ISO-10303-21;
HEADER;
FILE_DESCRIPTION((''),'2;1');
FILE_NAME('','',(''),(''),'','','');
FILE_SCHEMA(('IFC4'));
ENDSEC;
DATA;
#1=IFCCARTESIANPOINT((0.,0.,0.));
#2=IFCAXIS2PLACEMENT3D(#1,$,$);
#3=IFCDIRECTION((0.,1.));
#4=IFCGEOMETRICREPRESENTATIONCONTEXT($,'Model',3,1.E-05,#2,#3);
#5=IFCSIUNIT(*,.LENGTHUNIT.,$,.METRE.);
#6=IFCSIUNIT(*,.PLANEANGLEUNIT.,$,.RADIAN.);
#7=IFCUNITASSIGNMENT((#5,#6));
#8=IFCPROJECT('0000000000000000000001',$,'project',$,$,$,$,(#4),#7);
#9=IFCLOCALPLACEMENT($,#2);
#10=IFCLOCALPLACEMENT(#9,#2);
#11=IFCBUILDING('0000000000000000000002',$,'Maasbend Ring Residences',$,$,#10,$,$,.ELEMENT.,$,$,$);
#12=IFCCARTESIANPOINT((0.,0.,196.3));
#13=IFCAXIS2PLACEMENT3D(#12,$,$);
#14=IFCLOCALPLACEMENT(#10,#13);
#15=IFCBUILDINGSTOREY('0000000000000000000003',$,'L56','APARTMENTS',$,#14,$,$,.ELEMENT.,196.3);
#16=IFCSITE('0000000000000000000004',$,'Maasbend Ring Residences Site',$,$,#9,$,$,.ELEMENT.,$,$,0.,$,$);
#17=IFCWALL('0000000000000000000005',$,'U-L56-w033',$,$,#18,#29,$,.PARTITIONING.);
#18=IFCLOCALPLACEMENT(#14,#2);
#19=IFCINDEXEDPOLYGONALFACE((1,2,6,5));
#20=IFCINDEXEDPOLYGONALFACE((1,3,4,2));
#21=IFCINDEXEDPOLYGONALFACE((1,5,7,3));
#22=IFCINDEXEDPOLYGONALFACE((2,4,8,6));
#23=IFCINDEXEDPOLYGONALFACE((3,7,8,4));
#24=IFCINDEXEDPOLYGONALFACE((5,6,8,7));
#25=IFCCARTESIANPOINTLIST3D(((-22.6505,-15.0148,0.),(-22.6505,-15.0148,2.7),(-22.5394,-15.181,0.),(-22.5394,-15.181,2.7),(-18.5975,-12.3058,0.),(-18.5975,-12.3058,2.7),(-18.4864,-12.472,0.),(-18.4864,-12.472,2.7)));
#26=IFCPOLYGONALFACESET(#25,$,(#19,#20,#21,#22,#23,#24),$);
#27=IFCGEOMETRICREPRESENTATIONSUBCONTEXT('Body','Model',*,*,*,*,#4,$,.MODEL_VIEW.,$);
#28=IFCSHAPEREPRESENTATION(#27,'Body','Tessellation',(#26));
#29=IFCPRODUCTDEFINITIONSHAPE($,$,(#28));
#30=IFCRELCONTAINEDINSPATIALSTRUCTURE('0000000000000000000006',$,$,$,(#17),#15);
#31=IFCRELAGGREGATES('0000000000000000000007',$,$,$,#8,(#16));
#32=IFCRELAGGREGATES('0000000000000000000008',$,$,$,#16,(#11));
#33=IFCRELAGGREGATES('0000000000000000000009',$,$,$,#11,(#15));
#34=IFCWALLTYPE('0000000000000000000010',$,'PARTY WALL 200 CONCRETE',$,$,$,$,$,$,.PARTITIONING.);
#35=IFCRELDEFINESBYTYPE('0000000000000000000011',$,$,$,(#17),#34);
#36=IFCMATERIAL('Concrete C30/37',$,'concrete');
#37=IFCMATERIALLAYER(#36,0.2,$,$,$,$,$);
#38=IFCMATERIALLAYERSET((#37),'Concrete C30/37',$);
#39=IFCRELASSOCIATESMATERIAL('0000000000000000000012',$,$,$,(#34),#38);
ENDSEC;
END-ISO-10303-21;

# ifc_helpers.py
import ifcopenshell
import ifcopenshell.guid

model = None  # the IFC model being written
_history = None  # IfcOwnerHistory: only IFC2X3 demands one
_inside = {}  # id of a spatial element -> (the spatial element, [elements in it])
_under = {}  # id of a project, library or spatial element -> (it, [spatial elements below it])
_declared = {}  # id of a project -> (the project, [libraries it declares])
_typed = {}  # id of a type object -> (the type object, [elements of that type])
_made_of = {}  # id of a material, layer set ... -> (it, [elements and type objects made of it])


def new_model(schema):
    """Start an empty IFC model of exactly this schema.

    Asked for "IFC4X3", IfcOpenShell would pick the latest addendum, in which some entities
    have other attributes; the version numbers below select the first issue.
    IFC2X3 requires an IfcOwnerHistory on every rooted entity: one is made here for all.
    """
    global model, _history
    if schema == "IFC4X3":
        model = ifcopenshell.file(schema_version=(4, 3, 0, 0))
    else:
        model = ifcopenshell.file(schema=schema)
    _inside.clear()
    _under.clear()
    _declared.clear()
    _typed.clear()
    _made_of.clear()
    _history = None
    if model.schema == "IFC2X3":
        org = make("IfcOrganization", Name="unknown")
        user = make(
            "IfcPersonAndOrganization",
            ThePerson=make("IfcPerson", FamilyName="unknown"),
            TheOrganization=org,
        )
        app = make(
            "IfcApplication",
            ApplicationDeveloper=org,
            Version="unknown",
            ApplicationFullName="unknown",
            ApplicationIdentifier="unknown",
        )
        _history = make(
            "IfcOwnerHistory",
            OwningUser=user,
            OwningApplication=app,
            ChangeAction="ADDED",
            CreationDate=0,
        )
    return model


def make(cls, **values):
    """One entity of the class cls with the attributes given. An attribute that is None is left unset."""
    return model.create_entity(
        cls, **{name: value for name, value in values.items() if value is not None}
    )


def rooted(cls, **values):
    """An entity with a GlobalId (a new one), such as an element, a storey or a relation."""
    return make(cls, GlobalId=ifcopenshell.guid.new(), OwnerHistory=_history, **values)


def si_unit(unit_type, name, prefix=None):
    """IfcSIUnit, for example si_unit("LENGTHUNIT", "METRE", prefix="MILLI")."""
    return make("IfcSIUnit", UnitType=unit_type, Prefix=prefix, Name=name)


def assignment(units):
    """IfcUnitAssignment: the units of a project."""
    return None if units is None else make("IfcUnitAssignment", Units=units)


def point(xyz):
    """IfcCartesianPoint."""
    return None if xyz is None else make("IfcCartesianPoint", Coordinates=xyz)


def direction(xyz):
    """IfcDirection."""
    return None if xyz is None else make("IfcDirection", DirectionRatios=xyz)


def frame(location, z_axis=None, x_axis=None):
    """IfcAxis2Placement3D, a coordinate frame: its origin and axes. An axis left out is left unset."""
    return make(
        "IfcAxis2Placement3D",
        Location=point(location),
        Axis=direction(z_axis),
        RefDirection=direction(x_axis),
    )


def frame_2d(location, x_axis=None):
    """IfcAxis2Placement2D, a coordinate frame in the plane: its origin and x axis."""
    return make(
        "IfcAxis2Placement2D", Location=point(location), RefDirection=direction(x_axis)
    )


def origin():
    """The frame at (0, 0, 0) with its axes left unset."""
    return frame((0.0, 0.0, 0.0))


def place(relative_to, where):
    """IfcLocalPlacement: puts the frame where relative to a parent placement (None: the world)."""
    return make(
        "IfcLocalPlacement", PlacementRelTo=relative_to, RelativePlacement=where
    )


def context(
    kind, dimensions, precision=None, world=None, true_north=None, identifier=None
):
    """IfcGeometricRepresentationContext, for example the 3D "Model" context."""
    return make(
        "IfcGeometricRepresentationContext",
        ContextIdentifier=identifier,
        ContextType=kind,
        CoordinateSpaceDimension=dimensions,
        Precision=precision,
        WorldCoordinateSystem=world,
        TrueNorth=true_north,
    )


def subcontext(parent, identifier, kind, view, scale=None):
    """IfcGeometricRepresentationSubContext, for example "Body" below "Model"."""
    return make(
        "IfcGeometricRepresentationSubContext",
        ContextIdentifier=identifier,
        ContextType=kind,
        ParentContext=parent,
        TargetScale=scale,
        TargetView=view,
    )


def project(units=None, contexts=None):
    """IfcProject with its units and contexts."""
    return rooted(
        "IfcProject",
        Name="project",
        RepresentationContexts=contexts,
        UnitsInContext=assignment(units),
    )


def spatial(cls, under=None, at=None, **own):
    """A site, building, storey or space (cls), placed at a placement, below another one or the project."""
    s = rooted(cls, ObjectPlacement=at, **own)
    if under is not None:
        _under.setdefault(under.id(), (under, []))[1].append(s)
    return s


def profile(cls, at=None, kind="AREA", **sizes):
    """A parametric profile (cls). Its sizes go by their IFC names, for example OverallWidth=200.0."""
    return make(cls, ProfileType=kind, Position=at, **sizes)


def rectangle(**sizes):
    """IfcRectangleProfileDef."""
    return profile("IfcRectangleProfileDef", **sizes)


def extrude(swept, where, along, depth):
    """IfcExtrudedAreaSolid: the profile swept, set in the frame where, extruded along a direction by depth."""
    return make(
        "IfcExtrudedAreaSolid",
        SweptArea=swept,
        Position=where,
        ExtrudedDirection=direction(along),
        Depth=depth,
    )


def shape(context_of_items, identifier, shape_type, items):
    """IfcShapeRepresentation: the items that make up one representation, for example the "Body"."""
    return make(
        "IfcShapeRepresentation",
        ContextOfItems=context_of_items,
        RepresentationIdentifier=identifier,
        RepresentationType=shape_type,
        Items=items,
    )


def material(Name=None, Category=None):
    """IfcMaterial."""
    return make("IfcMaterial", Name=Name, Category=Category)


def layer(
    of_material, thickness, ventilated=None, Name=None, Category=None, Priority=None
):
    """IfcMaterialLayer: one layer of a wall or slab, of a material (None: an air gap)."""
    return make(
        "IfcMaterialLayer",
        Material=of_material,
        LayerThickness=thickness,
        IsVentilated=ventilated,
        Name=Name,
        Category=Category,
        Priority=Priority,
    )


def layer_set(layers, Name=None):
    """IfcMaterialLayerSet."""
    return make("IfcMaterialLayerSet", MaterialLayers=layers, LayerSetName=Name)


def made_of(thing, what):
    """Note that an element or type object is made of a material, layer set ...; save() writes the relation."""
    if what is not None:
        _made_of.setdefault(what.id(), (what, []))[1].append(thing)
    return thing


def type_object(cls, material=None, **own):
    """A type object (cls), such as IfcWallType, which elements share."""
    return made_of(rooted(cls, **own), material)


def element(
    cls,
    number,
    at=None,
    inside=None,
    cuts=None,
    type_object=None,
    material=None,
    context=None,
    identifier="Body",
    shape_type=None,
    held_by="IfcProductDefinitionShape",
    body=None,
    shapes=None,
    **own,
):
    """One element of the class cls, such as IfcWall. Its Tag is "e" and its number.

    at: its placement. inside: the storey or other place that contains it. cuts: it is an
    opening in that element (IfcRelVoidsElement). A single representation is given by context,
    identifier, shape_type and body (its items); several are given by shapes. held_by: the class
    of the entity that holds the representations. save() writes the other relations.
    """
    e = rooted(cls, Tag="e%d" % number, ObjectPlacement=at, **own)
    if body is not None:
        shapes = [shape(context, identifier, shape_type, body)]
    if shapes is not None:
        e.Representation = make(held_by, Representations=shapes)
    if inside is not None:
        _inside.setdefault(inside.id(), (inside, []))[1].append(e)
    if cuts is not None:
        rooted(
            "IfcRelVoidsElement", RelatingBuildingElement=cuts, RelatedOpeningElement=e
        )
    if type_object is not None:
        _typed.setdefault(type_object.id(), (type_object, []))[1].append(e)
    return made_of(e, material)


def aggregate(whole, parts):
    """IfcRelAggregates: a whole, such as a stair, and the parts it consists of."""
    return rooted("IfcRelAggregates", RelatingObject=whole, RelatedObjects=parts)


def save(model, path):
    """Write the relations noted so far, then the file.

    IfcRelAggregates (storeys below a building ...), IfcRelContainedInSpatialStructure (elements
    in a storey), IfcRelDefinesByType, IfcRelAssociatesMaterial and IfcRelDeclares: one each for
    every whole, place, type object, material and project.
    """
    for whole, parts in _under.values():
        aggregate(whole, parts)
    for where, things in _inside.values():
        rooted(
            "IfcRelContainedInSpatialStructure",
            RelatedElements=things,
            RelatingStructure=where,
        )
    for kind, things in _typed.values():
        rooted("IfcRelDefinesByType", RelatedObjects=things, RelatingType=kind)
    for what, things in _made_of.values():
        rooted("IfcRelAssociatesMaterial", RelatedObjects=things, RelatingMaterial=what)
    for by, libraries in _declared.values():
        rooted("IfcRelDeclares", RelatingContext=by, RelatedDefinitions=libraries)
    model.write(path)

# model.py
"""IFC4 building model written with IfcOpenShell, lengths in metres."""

from ifc_helpers import new_model, si_unit, direction, frame, frame_2d, origin, place, context, subcontext, project, spatial, rectangle, extrude, material, layer, layer_set, type_object, element, save


model = new_model("IFC4")

# Units and contexts
model_context = context("Model", 3, precision=1e-05, world=origin(), true_north=direction((0.0, 1.0)))
body_context = subcontext(model_context, "Body", "Model", "MODEL_VIEW")
ifc_project = project(units=[si_unit("LENGTHUNIT", "METRE"), si_unit("PLANEANGLEUNIT", "RADIAN")], contexts=[model_context])

# Site, building, storey
site_placement = place(None, origin())
site = spatial("IfcSite", under=ifc_project, at=site_placement, Name="Maasbend Ring Residences Site", CompositionType="ELEMENT", RefElevation=0.0)
building_placement = place(site_placement, origin())
building = spatial("IfcBuilding", under=site, at=building_placement, Name="Maasbend Ring Residences", CompositionType="ELEMENT")
storey_placement = place(building_placement, frame((0.0, 0.0, 196.3)))
storey = spatial("IfcBuildingStorey", under=building, at=storey_placement, Name="L56", Description="APARTMENTS", CompositionType="ELEMENT", Elevation=196.3)

# Wall
ifc_material_1 = material(Name="Concrete C30/37", Category="concrete")
ifc_layer_1 = layer(ifc_material_1, 0.2)
ifc_layer_set_1 = layer_set([ifc_layer_1], Name="Concrete C30/37")
wall_type_1 = type_object("IfcWallType", Name="PARTY WALL 200 CONCRETE", PredefinedType="PARTITIONING", material=ifc_layer_set_1)
wall_1_placement = place(storey_placement, frame((-22.595, -15.0979, 0.0), z_axis=(0.0, 0.0, 1.0), x_axis=(0.831387, 0.555694, 0.0)))
element("IfcWall", 1, at=wall_1_placement, inside=storey, type_object=wall_type_1, Name="U-L56-w033", PredefinedType="PARTITIONING", context=body_context, shape_type="SweptSolid", body=[
    extrude(rectangle(XDim=4.875, YDim=0.2, at=frame_2d((2.4375, 0.0))), origin(), (0.0, 0.0, 1.0), 2.7),
])

save(model, "model.ifc")
